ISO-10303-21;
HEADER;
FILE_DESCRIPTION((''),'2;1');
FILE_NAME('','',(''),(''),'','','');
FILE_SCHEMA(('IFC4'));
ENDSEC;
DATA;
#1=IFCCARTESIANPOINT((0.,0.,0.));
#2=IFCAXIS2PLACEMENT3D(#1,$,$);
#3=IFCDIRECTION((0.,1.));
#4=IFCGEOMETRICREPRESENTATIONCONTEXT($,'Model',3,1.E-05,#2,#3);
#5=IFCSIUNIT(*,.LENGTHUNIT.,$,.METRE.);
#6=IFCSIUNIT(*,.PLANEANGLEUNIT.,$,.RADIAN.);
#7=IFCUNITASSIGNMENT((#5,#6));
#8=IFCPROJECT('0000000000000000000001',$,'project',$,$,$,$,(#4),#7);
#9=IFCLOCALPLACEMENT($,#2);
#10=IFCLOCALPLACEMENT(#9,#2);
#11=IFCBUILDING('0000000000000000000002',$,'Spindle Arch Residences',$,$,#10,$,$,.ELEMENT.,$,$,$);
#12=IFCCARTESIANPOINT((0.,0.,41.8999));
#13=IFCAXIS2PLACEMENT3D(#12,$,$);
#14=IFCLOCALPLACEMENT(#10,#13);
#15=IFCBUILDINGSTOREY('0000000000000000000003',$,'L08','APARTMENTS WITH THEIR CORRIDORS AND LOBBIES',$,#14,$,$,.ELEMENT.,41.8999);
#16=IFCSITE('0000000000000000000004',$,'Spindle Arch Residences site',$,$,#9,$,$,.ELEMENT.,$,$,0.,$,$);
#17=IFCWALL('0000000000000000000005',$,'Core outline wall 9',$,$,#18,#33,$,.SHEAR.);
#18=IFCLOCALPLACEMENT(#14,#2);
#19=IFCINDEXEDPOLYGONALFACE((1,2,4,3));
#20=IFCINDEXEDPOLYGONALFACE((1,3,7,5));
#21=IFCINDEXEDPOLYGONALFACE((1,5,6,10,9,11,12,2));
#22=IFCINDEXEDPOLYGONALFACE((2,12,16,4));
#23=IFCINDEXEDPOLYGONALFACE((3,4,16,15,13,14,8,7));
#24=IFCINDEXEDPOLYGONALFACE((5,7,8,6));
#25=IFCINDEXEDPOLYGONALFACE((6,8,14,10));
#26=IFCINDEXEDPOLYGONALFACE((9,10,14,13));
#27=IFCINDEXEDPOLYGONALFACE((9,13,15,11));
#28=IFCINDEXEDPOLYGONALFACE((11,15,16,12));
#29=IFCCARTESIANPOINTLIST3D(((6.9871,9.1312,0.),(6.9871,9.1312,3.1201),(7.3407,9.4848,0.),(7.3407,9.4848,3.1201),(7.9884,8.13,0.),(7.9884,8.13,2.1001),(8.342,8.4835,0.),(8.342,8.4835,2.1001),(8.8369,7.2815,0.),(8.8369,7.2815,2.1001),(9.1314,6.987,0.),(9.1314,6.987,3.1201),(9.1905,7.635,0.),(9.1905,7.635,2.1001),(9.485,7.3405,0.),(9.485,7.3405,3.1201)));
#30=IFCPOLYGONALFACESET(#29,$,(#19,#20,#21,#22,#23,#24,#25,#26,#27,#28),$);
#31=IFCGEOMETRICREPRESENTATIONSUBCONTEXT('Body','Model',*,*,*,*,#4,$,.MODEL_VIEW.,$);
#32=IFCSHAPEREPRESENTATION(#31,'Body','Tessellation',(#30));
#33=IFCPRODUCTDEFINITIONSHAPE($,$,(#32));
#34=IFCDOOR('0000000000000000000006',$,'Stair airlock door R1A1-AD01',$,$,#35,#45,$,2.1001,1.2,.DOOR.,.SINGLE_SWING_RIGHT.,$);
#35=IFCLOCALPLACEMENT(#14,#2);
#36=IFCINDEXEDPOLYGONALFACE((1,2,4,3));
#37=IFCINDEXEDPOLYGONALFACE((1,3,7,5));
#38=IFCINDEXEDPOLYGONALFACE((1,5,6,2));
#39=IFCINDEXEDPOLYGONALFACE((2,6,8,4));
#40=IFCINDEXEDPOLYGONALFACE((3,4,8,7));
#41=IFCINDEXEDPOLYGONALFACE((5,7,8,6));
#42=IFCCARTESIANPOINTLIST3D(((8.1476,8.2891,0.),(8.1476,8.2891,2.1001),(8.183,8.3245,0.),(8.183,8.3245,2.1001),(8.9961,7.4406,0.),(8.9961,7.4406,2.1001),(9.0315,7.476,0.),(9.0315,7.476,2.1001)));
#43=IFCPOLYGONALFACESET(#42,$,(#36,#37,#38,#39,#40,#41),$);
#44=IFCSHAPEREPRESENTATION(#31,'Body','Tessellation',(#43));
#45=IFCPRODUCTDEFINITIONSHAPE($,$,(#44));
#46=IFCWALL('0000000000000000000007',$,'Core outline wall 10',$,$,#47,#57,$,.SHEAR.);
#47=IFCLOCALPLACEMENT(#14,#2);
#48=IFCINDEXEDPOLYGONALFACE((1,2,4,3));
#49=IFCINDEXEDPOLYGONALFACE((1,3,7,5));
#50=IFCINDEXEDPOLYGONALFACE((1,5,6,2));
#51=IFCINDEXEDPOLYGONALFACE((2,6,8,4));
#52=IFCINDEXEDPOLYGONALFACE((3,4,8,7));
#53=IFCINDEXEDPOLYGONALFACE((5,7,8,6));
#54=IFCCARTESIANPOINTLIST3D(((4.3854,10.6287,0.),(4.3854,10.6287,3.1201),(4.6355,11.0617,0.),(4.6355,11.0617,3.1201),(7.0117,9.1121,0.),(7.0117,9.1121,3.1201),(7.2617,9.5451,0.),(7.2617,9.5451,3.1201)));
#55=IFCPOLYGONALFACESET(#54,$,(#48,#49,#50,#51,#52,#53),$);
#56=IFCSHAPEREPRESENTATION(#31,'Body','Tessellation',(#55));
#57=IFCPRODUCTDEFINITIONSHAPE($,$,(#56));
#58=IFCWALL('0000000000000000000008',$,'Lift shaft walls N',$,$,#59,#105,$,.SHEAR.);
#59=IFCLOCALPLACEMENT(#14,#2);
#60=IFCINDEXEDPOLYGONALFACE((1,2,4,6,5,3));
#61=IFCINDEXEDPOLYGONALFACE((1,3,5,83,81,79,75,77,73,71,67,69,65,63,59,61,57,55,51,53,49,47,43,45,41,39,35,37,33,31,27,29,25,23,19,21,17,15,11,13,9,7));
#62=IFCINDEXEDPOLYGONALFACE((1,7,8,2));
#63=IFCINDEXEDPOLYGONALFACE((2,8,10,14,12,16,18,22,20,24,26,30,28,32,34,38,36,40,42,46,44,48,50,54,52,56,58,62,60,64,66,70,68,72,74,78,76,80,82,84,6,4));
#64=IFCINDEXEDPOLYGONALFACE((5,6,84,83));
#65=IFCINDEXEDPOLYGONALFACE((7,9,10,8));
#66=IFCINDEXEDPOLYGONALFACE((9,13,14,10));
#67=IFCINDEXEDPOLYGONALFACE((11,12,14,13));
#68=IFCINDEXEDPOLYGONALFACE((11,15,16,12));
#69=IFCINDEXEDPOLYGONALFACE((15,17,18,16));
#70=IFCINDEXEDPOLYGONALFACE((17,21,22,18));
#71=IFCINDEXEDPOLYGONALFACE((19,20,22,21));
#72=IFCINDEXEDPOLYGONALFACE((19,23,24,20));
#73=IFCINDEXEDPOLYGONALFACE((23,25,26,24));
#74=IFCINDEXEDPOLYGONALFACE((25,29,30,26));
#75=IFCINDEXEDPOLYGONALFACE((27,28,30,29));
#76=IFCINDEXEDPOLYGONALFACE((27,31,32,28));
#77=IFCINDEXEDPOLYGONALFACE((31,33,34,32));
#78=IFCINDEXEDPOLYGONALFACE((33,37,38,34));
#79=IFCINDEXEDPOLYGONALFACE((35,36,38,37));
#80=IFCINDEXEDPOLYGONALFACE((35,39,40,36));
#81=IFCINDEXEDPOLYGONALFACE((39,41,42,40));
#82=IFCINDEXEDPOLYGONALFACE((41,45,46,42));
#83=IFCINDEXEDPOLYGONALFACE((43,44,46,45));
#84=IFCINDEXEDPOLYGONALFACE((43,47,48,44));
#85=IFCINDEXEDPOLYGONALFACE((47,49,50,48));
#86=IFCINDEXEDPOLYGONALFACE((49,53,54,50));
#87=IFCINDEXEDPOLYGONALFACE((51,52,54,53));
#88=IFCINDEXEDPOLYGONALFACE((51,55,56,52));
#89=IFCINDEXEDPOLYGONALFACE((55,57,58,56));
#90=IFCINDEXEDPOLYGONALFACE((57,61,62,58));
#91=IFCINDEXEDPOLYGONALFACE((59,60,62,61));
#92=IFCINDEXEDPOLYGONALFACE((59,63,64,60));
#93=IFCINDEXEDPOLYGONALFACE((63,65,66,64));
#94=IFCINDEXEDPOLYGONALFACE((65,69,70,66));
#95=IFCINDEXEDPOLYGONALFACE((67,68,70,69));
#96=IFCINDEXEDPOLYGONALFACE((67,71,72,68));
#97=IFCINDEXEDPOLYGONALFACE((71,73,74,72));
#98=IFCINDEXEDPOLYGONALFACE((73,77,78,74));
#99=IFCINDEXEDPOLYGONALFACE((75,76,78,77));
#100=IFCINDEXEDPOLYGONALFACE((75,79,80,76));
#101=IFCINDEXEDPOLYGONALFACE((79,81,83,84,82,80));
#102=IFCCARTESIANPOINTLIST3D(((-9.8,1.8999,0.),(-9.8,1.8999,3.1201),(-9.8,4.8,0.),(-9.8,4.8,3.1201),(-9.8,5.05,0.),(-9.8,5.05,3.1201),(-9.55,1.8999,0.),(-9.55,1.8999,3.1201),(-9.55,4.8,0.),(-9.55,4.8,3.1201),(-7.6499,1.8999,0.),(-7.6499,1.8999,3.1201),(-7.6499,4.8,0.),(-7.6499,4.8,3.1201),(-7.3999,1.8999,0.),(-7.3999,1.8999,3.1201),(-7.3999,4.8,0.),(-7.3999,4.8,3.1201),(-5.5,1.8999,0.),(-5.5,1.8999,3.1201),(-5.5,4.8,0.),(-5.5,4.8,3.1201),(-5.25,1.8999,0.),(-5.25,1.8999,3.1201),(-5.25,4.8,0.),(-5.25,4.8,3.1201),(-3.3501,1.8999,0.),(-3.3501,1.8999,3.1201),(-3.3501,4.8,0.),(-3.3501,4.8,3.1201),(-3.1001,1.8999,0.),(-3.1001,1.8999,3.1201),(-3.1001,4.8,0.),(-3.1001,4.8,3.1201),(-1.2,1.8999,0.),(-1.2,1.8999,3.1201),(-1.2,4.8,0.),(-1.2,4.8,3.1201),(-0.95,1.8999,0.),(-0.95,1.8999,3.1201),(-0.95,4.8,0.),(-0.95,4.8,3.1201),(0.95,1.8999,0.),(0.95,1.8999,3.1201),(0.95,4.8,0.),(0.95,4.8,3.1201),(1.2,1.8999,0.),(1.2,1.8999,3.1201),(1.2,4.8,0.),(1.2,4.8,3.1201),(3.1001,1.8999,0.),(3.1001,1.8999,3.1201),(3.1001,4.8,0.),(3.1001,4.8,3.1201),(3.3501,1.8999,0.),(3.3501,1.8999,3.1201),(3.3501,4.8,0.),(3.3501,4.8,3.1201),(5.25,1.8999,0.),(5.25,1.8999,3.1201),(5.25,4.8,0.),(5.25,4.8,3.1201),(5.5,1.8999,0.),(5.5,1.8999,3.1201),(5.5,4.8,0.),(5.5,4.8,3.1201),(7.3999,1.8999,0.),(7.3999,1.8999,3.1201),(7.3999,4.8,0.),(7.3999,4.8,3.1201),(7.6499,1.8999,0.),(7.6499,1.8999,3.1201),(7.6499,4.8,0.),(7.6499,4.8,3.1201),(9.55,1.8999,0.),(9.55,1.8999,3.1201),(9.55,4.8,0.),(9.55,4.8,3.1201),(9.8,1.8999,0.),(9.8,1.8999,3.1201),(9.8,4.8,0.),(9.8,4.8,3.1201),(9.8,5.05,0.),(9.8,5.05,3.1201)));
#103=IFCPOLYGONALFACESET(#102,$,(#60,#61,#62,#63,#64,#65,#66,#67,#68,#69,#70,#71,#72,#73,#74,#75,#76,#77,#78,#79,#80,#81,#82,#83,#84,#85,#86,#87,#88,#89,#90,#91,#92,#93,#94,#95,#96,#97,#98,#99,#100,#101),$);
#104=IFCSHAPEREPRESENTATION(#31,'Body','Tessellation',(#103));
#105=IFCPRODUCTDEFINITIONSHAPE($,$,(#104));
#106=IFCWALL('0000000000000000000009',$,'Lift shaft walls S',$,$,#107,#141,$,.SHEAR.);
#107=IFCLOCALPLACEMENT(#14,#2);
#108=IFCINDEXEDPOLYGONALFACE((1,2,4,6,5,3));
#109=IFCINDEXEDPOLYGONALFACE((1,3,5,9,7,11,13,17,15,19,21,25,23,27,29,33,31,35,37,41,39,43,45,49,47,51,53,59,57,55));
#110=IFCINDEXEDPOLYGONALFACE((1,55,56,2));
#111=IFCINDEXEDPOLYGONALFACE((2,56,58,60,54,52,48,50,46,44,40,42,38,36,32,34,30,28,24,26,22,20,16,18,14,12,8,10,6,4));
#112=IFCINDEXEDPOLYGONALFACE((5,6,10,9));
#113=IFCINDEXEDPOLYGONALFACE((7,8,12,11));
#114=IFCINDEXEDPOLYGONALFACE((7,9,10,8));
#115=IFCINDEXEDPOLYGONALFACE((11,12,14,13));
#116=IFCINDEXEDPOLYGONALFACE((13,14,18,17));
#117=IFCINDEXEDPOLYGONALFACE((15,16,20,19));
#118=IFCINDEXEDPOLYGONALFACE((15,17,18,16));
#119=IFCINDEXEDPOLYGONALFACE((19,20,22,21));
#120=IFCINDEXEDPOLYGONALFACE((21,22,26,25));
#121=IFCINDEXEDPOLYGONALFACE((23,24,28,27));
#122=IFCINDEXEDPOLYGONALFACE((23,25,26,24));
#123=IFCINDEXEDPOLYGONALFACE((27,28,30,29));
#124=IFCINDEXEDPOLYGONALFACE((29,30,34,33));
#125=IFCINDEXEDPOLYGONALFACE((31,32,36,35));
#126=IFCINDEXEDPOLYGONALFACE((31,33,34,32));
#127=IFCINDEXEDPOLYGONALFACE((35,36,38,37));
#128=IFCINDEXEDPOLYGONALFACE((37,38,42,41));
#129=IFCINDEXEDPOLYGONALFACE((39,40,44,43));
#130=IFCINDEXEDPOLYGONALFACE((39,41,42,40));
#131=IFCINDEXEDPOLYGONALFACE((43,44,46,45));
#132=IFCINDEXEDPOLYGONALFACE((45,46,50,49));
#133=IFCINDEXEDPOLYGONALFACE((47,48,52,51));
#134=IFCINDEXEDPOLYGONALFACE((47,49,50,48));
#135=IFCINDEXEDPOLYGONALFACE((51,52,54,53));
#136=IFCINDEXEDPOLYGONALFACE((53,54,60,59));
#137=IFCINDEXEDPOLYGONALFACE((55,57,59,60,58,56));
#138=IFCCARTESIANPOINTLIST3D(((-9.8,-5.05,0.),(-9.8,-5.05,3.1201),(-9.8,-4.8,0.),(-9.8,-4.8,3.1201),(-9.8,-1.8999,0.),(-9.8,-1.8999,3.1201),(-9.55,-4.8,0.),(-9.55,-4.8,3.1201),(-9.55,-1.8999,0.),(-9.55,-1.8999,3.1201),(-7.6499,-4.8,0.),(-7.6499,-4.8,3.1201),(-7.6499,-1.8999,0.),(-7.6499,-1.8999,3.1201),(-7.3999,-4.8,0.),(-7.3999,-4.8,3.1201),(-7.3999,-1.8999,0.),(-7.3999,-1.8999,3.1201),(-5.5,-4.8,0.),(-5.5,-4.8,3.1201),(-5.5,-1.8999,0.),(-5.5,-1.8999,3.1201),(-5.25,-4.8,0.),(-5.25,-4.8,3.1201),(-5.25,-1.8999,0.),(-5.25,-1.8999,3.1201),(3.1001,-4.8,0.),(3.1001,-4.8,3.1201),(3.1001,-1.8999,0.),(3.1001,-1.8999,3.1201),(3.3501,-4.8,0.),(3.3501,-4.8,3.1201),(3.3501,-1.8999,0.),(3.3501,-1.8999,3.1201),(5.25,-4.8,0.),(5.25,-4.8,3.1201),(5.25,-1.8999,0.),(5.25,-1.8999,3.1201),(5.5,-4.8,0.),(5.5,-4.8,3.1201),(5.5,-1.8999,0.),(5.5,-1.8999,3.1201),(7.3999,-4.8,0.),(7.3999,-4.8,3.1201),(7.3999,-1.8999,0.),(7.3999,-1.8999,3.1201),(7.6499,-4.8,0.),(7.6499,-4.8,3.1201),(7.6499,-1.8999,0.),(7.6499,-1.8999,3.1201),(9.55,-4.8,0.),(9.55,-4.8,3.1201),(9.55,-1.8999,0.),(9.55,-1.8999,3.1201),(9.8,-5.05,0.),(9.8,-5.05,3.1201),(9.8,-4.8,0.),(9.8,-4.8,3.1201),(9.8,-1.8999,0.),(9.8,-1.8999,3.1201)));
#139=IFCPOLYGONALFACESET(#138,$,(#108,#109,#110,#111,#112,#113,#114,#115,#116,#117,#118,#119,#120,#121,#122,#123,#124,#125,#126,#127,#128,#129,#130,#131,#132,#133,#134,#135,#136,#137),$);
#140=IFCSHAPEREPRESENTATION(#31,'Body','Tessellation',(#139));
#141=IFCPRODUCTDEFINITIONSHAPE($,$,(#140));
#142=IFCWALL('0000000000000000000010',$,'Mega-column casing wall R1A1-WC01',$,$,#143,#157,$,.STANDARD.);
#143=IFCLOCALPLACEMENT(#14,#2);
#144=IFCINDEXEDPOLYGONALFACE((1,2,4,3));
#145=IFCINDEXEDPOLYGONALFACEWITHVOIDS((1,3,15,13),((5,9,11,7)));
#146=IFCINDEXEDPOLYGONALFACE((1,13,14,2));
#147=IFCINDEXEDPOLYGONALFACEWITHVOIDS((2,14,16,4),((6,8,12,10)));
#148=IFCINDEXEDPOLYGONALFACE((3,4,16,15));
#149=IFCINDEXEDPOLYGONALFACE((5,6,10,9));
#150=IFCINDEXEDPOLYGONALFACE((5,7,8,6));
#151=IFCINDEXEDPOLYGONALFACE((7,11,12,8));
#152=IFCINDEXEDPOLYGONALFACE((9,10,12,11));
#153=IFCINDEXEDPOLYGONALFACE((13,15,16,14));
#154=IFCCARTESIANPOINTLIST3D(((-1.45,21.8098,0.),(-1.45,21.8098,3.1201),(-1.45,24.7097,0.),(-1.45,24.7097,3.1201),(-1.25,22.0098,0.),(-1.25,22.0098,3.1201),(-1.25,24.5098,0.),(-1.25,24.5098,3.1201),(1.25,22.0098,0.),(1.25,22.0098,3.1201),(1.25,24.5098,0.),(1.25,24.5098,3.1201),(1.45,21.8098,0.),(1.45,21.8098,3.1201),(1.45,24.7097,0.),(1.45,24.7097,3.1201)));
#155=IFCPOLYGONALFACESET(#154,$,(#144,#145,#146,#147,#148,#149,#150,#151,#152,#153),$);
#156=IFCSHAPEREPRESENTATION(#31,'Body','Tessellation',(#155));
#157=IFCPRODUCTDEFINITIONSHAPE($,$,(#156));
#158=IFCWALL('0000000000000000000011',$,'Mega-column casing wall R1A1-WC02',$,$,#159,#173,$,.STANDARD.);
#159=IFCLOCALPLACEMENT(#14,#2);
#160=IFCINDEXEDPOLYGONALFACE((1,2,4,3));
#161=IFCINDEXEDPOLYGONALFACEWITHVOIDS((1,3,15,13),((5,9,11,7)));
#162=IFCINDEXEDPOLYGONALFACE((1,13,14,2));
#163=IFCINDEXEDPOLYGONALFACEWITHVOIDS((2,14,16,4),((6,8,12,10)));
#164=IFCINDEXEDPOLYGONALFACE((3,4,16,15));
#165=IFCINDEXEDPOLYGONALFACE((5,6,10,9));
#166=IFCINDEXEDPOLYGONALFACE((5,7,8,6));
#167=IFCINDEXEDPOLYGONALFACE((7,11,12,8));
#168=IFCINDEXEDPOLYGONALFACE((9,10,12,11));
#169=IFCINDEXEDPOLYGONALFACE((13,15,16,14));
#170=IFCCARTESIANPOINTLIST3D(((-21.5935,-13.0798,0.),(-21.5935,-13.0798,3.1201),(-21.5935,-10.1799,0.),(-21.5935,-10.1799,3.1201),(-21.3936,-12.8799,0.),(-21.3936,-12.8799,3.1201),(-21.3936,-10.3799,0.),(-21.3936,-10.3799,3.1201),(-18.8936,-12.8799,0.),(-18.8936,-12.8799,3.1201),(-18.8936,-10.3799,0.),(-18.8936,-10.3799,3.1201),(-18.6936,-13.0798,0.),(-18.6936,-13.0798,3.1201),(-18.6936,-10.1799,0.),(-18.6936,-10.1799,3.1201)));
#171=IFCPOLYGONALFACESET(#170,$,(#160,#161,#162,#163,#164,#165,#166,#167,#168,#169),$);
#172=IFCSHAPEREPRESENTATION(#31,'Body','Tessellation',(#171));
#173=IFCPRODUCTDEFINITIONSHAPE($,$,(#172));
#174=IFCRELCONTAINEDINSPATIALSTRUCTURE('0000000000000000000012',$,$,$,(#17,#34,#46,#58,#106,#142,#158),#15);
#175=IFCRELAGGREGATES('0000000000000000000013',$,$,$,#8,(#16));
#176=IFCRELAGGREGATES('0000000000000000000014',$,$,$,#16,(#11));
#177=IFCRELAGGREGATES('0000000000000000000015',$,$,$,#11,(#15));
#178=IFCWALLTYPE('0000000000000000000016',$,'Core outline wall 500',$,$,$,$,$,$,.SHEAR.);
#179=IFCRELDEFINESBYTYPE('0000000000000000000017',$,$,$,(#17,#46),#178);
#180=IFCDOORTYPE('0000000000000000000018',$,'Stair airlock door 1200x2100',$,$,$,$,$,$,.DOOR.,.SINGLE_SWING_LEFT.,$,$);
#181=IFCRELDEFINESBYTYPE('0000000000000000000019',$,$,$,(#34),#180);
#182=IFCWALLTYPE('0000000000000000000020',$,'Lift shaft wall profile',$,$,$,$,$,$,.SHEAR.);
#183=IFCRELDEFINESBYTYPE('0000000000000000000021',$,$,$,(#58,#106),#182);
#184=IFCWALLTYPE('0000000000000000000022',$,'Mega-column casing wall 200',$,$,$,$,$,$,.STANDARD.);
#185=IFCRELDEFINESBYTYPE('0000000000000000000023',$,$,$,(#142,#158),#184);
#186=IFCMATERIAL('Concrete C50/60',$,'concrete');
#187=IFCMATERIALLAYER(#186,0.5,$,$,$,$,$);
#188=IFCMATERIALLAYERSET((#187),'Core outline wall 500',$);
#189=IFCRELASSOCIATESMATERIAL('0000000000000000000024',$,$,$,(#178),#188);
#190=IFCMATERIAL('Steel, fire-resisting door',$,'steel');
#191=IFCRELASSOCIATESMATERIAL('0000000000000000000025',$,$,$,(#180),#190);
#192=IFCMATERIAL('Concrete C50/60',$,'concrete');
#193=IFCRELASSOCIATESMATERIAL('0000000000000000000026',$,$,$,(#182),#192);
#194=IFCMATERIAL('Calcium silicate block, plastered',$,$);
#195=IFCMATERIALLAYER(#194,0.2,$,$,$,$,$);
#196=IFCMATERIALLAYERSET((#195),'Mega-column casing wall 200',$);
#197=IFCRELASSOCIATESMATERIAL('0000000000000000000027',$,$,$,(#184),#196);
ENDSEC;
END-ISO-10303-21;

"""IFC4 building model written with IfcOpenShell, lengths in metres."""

from ifc_helpers import new_model, si_unit, direction, frame, frame_2d, origin, place, context, subcontext, project, spatial, polyline, rectangle, outline, extrude, material, layer, layer_set, type_object, element, fill, save


model = new_model("IFC4")

# Units and contexts
model_context = context("Model", 3, precision=1e-05, world=origin(), true_north=direction((0.0, 1.0)))
body_context = subcontext(model_context, "Body", "Model", "MODEL_VIEW")
ifc_project = project(units=[si_unit("LENGTHUNIT", "METRE"), si_unit("PLANEANGLEUNIT", "RADIAN")], contexts=[model_context])

# Site, building, storey
site_placement = place(None, origin())
site = spatial("IfcSite", under=ifc_project, at=site_placement, Name="Spindle Arch Residences site", CompositionType="ELEMENT", RefElevation=0.0)
building_placement = place(site_placement, origin())
building = spatial("IfcBuilding", under=site, at=building_placement, Name="Spindle Arch Residences", CompositionType="ELEMENT")
storey_placement = place(building_placement, frame((0.0, 0.0, 41.8999)))
storey = spatial("IfcBuildingStorey", under=building, at=storey_placement, Name="L08", Description="APARTMENTS WITH THEIR CORRIDORS AND LOBBIES", CompositionType="ELEMENT", Elevation=41.8999)

# Wall, opening, door
ifc_material_1 = material(Name="Concrete C50/60", Category="concrete")
ifc_layer_1 = layer(ifc_material_1, 0.5)
ifc_layer_set_1 = layer_set([ifc_layer_1], Name="Core outline wall 500")
wall_type_1 = type_object("IfcWallType", Name="Core outline wall 500", PredefinedType="SHEAR", material=ifc_layer_set_1)
wall_1_placement = place(storey_placement, frame((9.3081, 7.1638, 0.0), z_axis=(0.0, 0.0, 1.0), x_axis=(-0.707107, 0.707107, 0.0)))
wall_1 = element("IfcWall", 1, at=wall_1_placement, inside=storey, type_object=wall_type_1, Name="Core outline wall 9", PredefinedType="SHEAR", context=body_context, shape_type="SweptSolid", body=[
    extrude(rectangle(XDim=3.0325, YDim=0.5, at=frame_2d((1.5161, 0.0))), origin(), (0.0, 0.0, 1.0), 3.1201),
])
opening_1_placement = place(wall_1_placement, frame((0.4163, 0.0, 0.0)))
opening_1 = element("IfcOpeningElement", 2, at=opening_1_placement, cuts=wall_1, PredefinedType="OPENING", context=body_context, shape_type="SweptSolid", body=[
    extrude(rectangle(XDim=1.2, YDim=2.1001, at=frame_2d((0.6001, 1.05))), frame((0.0, 0.26, 0.0), z_axis=(0.0, -1.0, 0.0), x_axis=(1.0, 0.0, 0.0)), (0.0, 0.0, 1.0), 0.52),
])
ifc_material_2 = material(Name="Steel, fire-resisting door", Category="steel")
door_type_1 = type_object("IfcDoorType", Name="Stair airlock door 1200x2100", OperationType="SINGLE_SWING_LEFT", PredefinedType="DOOR", material=ifc_material_2)
door_1_placement = place(opening_1_placement, origin())
door_1 = element("IfcDoor", 3, at=door_1_placement, inside=storey, type_object=door_type_1, Name="Stair airlock door R1A1-AD01", OperationType="SINGLE_SWING_RIGHT", OverallHeight=2.1001, OverallWidth=1.2, PredefinedType="DOOR", context=body_context, shape_type="SweptSolid", body=[
    extrude(rectangle(XDim=1.2, YDim=2.1001, at=frame_2d((0.6001, 1.05))), frame((0.0, 0.0249, 0.0), z_axis=(0.0, -1.0, 0.0), x_axis=(1.0, 0.0, 0.0)), (0.0, 0.0, 1.0), 0.05),
])
fill(opening_1, door_1)

# Wall
wall_2_placement = place(storey_placement, frame((7.1367, 9.3286, 0.0), z_axis=(0.0, 0.0, 1.0), x_axis=(-0.865975, 0.500087, 0.0)))
element("IfcWall", 4, at=wall_2_placement, inside=storey, type_object=wall_type_1, Name="Core outline wall 10", PredefinedType="SHEAR", context=body_context, shape_type="SweptSolid", body=[
    extrude(rectangle(XDim=3.0327, YDim=0.5, at=frame_2d((1.5164, 0.0))), origin(), (0.0, 0.0, 1.0), 3.1201),
])

# Walls
ifc_material_3 = material(Name="Concrete C50/60", Category="concrete")
wall_type_2 = type_object("IfcWallType", Name="Lift shaft wall profile", PredefinedType="SHEAR", material=ifc_material_3)
wall_3_placement = place(storey_placement, origin())
element("IfcWall", 5, at=wall_3_placement, inside=storey, type_object=wall_type_2, Name="Lift shaft walls N", PredefinedType="SHEAR", context=body_context, shape_type="SweptSolid", body=[
    extrude(outline(polyline([(-9.55, 4.8), (-7.6499, 4.8), (-7.6499, 1.8999), (-7.3999, 1.8999), (-7.3999, 4.8), (-5.5, 4.8), (-5.5, 1.8999), (-5.25, 1.8999), (-5.25, 4.8), (-3.3501, 4.8), (-3.3501, 1.8999), (-3.1001, 1.8999), (-3.1001, 4.8), (-1.2, 4.8), (-1.2, 1.8999), (-0.95, 1.8999), (-0.95, 4.8), (0.95, 4.8), (0.95, 1.8999), (1.2, 1.8999), (1.2, 4.8), (3.1001, 4.8), (3.1001, 1.8999), (3.3501, 1.8999), (3.3501, 4.8), (5.25, 4.8), (5.25, 1.8999), (5.5, 1.8999), (5.5, 4.8), (7.3999, 4.8), (7.3999, 1.8999), (7.6499, 1.8999), (7.6499, 4.8), (9.55, 4.8), (9.55, 1.8999), (9.8, 1.8999), (9.8, 4.8), (9.8, 5.05), (-9.8, 5.05), (-9.8, 4.8), (-9.8, 1.8999), (-9.55, 1.8999), (-9.55, 4.8)])), origin(), (0.0, 0.0, 1.0), 3.1201),
])
wall_4_placement = place(storey_placement, origin())
element("IfcWall", 6, at=wall_4_placement, inside=storey, type_object=wall_type_2, Name="Lift shaft walls S", PredefinedType="SHEAR", context=body_context, shape_type="SweptSolid", body=[
    extrude(outline(polyline([(9.8, -5.05), (9.8, -4.8), (9.8, -1.8999), (9.55, -1.8999), (9.55, -4.8), (7.6499, -4.8), (7.6499, -1.8999), (7.3999, -1.8999), (7.3999, -4.8), (5.5, -4.8), (5.5, -1.8999), (5.25, -1.8999), (5.25, -4.8), (3.3501, -4.8), (3.3501, -1.8999), (3.1001, -1.8999), (3.1001, -4.8), (-5.25, -4.8), (-5.25, -1.8999), (-5.5, -1.8999), (-5.5, -4.8), (-7.3999, -4.8), (-7.3999, -1.8999), (-7.6499, -1.8999), (-7.6499, -4.8), (-9.55, -4.8), (-9.55, -1.8999), (-9.8, -1.8999), (-9.8, -4.8), (-9.8, -5.05), (9.8, -5.05)])), origin(), (0.0, 0.0, 1.0), 3.1201),
])
ifc_material_4 = material(Name="Calcium silicate block, plastered")
ifc_layer_2 = layer(ifc_material_4, 0.2)
ifc_layer_set_2 = layer_set([ifc_layer_2], Name="Mega-column casing wall 200")
wall_type_3 = type_object("IfcWallType", Name="Mega-column casing wall 200", PredefinedType="STANDARD", material=ifc_layer_set_2)
wall_5_placement = place(storey_placement, origin())
element("IfcWall", 7, at=wall_5_placement, inside=storey, type_object=wall_type_3, Name="Mega-column casing wall R1A1-WC01", PredefinedType="STANDARD", context=body_context, shape_type="SweptSolid", body=[
    extrude(outline(polyline([(1.45, 24.7097), (1.45, 21.8098), (-1.45, 21.8098), (-1.45, 24.7097), (1.45, 24.7097)]), holes=[polyline([(-1.25, 22.0098), (1.25, 22.0098), (1.25, 24.5098), (-1.25, 24.5098), (-1.25, 22.0098)])]), origin(), (0.0, 0.0, 1.0), 3.1201),
])
wall_6_placement = place(storey_placement, origin())
element("IfcWall", 8, at=wall_6_placement, inside=storey, type_object=wall_type_3, Name="Mega-column casing wall R1A1-WC02", PredefinedType="STANDARD", context=body_context, shape_type="SweptSolid", body=[
    extrude(outline(polyline([(-18.6936, -10.1799), (-18.6936, -13.0798), (-21.5935, -13.0798), (-21.5935, -10.1799), (-18.6936, -10.1799)]), holes=[polyline([(-21.3936, -12.8799), (-18.8936, -12.8799), (-18.8936, -10.3799), (-21.3936, -10.3799), (-21.3936, -12.8799)])]), origin(), (0.0, 0.0, 1.0), 3.1201),
])

save(model, "model.ifc")
